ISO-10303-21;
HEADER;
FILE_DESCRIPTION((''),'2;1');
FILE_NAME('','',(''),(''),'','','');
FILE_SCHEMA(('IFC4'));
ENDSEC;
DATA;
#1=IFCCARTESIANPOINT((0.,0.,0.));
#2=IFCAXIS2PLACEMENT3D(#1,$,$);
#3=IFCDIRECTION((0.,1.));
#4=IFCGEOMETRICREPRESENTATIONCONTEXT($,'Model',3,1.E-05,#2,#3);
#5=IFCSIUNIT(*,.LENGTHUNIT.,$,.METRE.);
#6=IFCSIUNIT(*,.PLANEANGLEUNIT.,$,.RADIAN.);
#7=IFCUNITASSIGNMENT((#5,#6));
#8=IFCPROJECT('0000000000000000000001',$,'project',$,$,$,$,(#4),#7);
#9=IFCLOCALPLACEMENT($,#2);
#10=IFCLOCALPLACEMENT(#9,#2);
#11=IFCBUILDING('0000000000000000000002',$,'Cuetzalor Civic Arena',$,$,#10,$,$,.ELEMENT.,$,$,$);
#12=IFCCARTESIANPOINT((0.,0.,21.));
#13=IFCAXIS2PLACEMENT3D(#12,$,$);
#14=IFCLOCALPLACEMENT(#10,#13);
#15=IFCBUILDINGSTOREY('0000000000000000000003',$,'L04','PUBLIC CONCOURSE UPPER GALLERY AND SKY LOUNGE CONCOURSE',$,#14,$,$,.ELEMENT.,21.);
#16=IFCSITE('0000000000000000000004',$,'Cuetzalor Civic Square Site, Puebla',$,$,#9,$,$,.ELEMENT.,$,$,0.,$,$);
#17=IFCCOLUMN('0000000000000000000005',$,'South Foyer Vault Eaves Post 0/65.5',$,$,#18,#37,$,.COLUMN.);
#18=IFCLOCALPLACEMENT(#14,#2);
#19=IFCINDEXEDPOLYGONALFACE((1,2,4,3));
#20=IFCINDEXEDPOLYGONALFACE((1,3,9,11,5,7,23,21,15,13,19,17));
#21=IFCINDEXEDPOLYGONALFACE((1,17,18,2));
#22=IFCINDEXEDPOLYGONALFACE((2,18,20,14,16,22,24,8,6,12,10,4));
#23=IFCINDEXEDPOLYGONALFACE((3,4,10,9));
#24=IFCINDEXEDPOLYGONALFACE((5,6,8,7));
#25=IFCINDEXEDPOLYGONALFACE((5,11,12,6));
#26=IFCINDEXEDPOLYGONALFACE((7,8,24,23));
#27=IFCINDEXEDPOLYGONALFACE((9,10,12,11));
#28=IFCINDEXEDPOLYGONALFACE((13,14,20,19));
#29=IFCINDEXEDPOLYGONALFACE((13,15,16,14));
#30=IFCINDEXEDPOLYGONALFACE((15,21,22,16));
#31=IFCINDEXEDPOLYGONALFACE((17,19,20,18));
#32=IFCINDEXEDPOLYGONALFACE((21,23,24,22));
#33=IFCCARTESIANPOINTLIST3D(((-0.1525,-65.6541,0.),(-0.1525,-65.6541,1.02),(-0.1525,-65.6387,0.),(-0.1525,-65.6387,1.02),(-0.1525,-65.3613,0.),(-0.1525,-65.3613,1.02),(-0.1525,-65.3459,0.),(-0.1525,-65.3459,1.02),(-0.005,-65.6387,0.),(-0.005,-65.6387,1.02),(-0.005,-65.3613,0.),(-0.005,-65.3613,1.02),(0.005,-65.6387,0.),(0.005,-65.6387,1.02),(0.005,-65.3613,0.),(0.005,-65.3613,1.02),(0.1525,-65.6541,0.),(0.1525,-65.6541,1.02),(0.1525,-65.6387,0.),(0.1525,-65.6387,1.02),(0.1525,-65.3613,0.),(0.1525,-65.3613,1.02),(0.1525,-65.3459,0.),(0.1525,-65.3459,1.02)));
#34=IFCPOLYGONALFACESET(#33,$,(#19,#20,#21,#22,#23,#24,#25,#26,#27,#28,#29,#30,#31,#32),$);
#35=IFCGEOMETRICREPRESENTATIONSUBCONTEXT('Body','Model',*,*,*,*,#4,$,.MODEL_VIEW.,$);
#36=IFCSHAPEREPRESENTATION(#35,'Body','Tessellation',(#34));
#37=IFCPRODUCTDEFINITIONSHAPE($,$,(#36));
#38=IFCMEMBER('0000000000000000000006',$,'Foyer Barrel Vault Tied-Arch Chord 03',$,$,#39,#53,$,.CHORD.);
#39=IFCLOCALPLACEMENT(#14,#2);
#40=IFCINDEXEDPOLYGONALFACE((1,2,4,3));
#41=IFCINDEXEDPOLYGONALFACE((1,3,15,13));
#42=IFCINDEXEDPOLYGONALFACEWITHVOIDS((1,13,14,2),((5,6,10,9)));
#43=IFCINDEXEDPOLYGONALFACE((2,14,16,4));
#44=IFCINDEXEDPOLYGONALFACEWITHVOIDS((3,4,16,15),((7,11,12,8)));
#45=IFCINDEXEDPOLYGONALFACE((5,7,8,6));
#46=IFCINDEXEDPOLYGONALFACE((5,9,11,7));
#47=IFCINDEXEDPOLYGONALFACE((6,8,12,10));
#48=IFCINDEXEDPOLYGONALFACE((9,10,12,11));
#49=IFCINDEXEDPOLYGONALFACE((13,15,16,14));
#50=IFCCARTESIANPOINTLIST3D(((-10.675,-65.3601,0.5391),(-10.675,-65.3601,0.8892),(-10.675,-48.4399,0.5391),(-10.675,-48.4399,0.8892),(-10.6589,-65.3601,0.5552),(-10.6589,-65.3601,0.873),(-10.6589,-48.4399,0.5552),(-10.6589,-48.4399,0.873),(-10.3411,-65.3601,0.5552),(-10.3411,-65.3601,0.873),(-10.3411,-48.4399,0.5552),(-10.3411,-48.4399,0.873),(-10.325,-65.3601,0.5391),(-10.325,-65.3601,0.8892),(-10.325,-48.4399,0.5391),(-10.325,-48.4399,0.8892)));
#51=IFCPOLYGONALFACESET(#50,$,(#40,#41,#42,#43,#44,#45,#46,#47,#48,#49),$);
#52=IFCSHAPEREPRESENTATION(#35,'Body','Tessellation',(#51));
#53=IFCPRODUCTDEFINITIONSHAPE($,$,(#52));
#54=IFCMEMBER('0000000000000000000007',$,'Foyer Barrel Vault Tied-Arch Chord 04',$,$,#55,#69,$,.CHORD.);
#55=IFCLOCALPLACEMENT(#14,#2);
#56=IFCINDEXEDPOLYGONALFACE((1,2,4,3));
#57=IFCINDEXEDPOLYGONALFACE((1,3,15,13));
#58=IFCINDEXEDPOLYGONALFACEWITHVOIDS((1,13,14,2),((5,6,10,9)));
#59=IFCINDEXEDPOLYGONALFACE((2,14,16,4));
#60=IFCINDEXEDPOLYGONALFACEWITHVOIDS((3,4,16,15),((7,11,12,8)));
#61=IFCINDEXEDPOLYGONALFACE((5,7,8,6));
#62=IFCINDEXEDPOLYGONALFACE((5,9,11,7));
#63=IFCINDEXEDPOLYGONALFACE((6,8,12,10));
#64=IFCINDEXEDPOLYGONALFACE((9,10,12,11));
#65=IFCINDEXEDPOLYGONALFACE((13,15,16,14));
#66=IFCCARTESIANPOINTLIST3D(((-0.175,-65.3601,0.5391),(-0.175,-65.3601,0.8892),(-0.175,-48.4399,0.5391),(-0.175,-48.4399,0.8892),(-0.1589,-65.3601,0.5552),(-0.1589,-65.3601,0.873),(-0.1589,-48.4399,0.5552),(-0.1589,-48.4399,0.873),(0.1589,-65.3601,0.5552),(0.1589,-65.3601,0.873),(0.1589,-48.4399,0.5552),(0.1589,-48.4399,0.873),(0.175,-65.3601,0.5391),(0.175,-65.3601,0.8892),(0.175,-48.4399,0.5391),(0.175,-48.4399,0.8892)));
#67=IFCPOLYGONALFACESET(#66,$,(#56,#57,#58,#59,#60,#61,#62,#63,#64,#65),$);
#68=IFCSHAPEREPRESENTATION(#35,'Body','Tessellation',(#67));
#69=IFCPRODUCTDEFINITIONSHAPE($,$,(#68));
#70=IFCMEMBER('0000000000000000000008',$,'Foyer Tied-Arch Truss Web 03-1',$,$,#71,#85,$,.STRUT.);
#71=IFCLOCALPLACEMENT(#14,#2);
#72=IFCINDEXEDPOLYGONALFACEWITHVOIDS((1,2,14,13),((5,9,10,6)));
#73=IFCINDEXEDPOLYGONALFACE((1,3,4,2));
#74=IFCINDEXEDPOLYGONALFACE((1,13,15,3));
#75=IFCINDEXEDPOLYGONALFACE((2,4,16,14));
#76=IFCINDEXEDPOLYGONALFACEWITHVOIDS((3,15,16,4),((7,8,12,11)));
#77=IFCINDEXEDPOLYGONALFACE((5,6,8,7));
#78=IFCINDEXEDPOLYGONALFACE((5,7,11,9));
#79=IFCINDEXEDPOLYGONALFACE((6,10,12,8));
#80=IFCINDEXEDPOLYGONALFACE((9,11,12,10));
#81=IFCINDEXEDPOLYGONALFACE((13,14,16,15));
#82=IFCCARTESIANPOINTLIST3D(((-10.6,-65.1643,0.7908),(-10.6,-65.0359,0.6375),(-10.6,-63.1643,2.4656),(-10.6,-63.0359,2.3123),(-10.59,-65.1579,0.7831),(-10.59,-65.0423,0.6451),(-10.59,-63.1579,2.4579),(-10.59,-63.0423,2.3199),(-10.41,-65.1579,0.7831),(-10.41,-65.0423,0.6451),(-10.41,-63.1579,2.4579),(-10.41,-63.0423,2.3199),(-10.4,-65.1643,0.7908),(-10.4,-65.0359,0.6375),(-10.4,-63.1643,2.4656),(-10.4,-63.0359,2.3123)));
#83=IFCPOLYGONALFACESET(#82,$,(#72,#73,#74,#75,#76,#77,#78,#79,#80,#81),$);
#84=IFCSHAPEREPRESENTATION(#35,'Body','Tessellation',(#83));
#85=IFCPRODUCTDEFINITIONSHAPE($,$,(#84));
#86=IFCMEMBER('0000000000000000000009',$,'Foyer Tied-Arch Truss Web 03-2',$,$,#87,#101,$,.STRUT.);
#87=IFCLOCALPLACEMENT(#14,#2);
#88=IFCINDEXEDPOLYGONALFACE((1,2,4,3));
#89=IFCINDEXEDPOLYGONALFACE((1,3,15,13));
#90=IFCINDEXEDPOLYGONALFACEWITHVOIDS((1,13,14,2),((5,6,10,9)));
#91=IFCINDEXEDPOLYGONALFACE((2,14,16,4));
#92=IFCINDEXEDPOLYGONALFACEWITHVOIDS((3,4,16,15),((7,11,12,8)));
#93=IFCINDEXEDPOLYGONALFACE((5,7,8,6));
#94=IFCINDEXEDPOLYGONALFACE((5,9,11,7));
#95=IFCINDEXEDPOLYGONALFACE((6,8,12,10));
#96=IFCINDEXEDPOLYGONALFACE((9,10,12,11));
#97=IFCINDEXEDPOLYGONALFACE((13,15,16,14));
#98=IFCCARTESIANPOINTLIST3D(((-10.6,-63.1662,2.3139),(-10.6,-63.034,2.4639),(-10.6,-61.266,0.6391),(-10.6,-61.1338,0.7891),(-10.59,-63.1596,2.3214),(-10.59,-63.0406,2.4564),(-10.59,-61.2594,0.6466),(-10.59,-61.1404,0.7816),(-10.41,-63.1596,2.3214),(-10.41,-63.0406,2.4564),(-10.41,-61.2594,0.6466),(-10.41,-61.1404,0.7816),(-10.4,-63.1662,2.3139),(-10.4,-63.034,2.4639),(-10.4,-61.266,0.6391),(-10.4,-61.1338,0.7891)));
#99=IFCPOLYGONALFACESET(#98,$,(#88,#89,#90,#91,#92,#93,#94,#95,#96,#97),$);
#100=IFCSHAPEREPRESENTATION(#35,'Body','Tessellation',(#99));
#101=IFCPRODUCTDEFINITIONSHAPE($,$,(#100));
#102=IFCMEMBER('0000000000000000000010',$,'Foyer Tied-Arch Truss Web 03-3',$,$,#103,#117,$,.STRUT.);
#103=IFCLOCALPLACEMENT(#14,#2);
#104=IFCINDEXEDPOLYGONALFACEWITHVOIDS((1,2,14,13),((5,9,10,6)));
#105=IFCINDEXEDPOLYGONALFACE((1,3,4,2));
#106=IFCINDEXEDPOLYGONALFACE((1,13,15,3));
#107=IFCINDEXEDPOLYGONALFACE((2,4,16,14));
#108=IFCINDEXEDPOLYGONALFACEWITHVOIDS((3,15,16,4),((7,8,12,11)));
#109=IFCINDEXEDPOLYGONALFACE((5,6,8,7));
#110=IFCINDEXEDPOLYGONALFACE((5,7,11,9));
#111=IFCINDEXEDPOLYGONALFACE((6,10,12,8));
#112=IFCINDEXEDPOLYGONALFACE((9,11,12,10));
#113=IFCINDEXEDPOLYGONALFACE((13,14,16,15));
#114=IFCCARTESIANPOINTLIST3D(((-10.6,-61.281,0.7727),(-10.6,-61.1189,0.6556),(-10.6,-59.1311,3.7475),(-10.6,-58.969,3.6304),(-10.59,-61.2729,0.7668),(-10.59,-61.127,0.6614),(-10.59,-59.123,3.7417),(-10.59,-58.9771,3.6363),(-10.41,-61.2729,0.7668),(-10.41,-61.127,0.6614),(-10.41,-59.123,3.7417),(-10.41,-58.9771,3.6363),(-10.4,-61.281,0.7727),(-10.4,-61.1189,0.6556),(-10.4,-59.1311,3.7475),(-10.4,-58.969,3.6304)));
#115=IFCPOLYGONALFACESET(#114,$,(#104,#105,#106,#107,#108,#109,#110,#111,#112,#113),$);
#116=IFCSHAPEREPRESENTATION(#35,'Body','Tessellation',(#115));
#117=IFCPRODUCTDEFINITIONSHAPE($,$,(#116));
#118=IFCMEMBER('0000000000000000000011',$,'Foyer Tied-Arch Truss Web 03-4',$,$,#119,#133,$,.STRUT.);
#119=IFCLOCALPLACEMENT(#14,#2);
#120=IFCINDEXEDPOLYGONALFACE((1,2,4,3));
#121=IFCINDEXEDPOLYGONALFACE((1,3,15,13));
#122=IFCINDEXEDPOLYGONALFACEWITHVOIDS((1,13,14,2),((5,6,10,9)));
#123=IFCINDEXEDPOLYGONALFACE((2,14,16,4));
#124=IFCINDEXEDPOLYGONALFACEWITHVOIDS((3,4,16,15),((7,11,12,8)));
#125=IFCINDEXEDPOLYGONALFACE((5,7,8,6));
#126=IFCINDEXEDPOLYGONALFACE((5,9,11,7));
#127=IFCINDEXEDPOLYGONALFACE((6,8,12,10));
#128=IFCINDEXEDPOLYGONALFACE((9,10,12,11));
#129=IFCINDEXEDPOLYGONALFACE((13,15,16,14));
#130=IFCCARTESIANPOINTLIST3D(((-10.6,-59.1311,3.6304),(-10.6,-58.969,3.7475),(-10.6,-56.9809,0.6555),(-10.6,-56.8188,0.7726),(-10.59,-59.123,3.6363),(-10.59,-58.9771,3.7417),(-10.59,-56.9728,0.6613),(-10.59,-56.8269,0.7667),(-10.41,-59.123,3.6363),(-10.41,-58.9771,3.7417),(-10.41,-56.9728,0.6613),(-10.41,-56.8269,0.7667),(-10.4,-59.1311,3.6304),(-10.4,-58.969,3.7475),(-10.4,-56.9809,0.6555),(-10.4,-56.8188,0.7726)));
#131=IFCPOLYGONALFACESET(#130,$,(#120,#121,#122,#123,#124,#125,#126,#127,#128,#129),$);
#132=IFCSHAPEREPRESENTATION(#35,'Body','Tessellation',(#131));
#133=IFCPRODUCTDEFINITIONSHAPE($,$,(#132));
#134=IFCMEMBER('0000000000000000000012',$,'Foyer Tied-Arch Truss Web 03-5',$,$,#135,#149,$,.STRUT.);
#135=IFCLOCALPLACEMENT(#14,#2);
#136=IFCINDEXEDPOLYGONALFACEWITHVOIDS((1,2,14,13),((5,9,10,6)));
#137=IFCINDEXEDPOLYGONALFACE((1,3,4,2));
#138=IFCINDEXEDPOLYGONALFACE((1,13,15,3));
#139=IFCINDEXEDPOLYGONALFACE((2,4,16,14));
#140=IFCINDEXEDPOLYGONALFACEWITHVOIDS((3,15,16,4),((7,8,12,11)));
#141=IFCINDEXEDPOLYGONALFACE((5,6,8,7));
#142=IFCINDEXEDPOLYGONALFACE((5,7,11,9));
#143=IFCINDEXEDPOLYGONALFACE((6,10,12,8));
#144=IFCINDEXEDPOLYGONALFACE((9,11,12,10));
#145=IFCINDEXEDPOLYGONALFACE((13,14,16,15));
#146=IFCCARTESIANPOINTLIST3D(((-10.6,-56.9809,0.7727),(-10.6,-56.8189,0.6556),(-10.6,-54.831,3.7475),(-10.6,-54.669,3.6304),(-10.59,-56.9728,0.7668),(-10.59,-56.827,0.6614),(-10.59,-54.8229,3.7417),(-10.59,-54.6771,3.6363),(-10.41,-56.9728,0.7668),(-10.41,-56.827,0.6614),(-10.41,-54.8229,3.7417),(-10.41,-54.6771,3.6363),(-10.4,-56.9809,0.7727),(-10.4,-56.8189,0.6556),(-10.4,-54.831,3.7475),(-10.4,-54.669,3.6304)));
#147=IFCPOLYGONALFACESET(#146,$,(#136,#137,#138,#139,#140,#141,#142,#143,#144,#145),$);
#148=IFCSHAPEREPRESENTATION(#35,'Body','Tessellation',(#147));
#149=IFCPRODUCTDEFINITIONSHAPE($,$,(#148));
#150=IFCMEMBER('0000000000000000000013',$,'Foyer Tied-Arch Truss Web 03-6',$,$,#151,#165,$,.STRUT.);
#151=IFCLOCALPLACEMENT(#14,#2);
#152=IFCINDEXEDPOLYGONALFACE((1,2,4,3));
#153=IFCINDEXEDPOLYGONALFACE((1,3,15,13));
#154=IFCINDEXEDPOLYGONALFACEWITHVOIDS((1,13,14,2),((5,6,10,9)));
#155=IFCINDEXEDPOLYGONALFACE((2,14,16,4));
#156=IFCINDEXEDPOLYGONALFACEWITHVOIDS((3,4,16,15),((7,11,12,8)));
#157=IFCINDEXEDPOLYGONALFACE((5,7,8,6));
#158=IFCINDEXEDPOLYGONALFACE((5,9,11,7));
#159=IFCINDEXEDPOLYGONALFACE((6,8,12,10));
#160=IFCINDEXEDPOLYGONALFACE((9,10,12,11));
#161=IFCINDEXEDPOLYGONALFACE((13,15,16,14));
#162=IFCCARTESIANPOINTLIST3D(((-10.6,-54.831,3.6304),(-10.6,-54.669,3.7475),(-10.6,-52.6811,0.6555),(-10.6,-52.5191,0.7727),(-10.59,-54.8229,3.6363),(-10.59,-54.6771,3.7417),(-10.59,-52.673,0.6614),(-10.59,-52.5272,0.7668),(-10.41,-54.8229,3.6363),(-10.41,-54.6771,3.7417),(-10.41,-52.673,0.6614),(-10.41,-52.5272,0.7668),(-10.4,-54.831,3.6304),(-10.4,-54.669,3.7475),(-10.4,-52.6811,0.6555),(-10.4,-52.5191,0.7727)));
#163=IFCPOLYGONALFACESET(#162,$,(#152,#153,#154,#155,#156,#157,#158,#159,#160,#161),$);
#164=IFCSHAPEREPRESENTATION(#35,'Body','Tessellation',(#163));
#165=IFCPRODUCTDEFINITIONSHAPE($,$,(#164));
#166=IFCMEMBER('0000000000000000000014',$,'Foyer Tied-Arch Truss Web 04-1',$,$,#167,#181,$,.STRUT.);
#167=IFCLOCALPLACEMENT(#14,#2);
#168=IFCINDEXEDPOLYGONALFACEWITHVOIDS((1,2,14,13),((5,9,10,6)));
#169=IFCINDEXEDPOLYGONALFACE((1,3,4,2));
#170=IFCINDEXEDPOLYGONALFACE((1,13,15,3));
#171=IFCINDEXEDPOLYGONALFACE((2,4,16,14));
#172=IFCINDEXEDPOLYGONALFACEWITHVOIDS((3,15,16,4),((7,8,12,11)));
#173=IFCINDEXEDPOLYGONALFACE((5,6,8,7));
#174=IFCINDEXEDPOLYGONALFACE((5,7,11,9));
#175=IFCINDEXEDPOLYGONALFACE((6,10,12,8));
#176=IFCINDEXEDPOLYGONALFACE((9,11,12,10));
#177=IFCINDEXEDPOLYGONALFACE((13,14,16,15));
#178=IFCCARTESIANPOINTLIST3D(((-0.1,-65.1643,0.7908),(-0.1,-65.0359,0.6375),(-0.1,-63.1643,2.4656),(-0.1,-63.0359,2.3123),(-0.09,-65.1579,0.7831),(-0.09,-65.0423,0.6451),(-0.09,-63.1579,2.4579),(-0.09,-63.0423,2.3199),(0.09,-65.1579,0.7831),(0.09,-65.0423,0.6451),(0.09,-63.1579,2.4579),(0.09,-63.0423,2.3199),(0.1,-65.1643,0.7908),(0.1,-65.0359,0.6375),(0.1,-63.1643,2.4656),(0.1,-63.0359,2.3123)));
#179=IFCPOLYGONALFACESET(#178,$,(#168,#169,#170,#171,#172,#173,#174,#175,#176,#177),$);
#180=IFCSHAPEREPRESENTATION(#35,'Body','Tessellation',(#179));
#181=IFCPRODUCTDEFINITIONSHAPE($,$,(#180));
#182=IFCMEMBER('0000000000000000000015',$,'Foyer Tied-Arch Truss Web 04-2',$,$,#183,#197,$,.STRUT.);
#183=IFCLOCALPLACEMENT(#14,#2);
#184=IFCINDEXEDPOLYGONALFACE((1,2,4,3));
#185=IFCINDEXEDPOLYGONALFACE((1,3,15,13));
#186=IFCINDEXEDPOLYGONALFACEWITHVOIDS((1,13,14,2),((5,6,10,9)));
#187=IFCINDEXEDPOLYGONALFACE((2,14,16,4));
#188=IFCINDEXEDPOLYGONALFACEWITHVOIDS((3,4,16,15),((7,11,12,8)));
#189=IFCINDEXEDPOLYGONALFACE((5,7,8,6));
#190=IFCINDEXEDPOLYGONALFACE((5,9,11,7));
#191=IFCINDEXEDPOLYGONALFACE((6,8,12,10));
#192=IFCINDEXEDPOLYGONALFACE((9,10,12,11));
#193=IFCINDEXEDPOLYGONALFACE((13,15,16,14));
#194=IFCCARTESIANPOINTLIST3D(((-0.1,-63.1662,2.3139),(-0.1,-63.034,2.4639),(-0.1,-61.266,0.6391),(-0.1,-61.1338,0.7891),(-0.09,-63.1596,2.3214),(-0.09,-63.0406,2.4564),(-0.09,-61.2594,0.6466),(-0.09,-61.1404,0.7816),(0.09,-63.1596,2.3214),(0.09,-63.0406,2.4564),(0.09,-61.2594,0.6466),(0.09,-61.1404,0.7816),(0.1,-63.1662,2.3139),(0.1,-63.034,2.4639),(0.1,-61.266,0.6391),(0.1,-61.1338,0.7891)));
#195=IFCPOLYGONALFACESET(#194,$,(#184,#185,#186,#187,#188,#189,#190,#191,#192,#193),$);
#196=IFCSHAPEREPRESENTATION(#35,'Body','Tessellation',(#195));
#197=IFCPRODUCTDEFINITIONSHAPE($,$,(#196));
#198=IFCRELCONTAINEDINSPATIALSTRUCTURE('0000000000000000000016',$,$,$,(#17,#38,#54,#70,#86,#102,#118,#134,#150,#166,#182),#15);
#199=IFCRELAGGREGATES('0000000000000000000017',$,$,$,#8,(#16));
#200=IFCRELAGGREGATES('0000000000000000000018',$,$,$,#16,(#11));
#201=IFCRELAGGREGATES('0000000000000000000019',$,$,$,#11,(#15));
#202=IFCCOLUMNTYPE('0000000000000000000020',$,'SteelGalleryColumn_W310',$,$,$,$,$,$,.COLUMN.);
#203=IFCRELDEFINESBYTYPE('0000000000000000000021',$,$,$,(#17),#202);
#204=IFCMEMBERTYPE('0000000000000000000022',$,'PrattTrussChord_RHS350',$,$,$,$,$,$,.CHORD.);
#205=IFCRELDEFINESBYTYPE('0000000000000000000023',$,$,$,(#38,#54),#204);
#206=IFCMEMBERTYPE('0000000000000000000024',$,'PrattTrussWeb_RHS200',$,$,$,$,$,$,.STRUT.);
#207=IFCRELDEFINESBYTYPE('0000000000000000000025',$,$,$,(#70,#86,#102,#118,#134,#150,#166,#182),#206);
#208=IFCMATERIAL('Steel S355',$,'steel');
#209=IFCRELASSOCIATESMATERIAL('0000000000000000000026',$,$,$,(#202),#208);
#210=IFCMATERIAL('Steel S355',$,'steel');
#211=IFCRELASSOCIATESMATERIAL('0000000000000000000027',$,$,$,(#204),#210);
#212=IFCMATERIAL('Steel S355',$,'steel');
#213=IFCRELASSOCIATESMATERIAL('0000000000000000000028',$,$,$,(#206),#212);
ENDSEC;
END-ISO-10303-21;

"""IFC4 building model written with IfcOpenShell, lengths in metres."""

from ifc_helpers import new_model, si_unit, direction, frame, origin, origin_2d, place, context, subcontext, project, spatial, hollow_rectangle, i_section, extrude, material, material_profile, profile_set, type_object, element, save


model = new_model("IFC4")

# Units and contexts
model_context = context("Model", 3, precision=1e-05, world=origin(), true_north=direction((0.0, 1.0)))
body_context = subcontext(model_context, "Body", "Model", "MODEL_VIEW")
ifc_project = project(units=[si_unit("LENGTHUNIT", "METRE"), si_unit("PLANEANGLEUNIT", "RADIAN")], contexts=[model_context])

# Site, building, storey
site_placement = place(None, origin())
site = spatial("IfcSite", under=ifc_project, at=site_placement, Name="Cuetzalor Civic Square Site, Puebla", CompositionType="ELEMENT", RefElevation=0.0)
building_placement = place(site_placement, origin())
building = spatial("IfcBuilding", under=site, at=building_placement, Name="Cuetzalor Civic Arena", CompositionType="ELEMENT")
storey_placement = place(building_placement, frame((0.0, 0.0, 21.0)))
storey = spatial("IfcBuildingStorey", under=building, at=storey_placement, Name="L04", Description="PUBLIC CONCOURSE UPPER GALLERY AND SKY LOUNGE CONCOURSE", CompositionType="ELEMENT", Elevation=21.0)

# Column
ifc_material_1 = material(Name="Steel S355", Category="steel")
ifc_material_profile_1 = material_profile(ifc_material_1, i_section(OverallWidth=0.3049, OverallDepth=0.3081, WebThickness=0.01, FlangeThickness=0.0154, at=origin_2d()), Name="W310x97")
ifc_profile_set_1 = profile_set([ifc_material_profile_1], Name="Steel S355")
column_type = type_object("IfcColumnType", Name="SteelGalleryColumn_W310", PredefinedType="COLUMN", material=ifc_profile_set_1)
column_placement = place(storey_placement, frame((0.0, -65.5, 0.0), z_axis=(0.0, 0.0, 1.0), x_axis=(1.0, 0.0, 0.0)))
element("IfcColumn", 1, at=column_placement, inside=storey, type_object=column_type, Name="South Foyer Vault Eaves Post 0/65.5", PredefinedType="COLUMN", context=body_context, shape_type="SweptSolid", body=[
    extrude(i_section(OverallWidth=0.3049, OverallDepth=0.3081, WebThickness=0.01, FlangeThickness=0.0154, at=origin_2d()), origin(), (0.0, 0.0, 1.0), 1.02),
])

# Members
ifc_material_2 = material(Name="Steel S355", Category="steel")
ifc_material_profile_2 = material_profile(ifc_material_2, hollow_rectangle(XDim=0.3501, YDim=0.3501, WallThickness=0.0161, at=origin_2d()), Name="RHS 350x350x16")
ifc_profile_set_2 = profile_set([ifc_material_profile_2], Name="Steel S355")
member_type_1 = type_object("IfcMemberType", Name="PrattTrussChord_RHS350", PredefinedType="CHORD", material=ifc_profile_set_2)
for number, where, z_axis, x_axis, name in (
    (2, (-10.5, -65.3601, 0.7141), (0.0, 1.0, 0.0), (-1.0, 0.0, 0.0), "Foyer Barrel Vault Tied-Arch Chord 03"),
    (3, (0.0, -65.3601, 0.7141), (0.0, 1.0, 0.0), (-1.0, 0.0, 0.0), "Foyer Barrel Vault Tied-Arch Chord 04"),
):
    element("IfcMember", number, at=place(storey_placement, frame(where, z_axis=z_axis, x_axis=x_axis)), inside=storey, type_object=member_type_1, Name=name, PredefinedType="CHORD", context=body_context, shape_type="SweptSolid", body=[
        extrude(hollow_rectangle(XDim=0.3501, YDim=0.3501, WallThickness=0.0161, at=origin_2d()), origin(), (0.0, 0.0, 1.0), 16.9202),
    ])
ifc_material_3 = material(Name="Steel S355", Category="steel")
ifc_material_profile_3 = material_profile(ifc_material_3, hollow_rectangle(XDim=0.2, YDim=0.2, WallThickness=0.01, at=origin_2d()), Name="RHS 200x200x10")
ifc_profile_set_3 = profile_set([ifc_material_profile_3], Name="Steel S355")
member_type_2 = type_object("IfcMemberType", Name="PrattTrussWeb_RHS200", PredefinedType="STRUT", material=ifc_profile_set_3)
member_1_placement = place(storey_placement, frame((-10.5, -65.1001, 0.7141), z_axis=(0.0, 0.766685, 0.642024), x_axis=(-1.0, 0.0, 0.0)))
element("IfcMember", 4, at=member_1_placement, inside=storey, type_object=member_type_2, Name="Foyer Tied-Arch Truss Web 03-1", PredefinedType="STRUT", context=body_context, shape_type="SweptSolid", body=[
    extrude(hollow_rectangle(XDim=0.2, YDim=0.2, WallThickness=0.01, at=origin_2d()), origin(), (0.0, 0.0, 1.0), 2.6086),
])
member_2_placement = place(storey_placement, frame((-10.5, -63.1001, 2.3889), z_axis=(0.0, 0.750189, -0.661223), x_axis=(-1.0, 0.0, 0.0)))
element("IfcMember", 5, at=member_2_placement, inside=storey, type_object=member_type_2, Name="Foyer Tied-Arch Truss Web 03-2", PredefinedType="STRUT", context=body_context, shape_type="SweptSolid", body=[
    extrude(hollow_rectangle(XDim=0.2, YDim=0.2, WallThickness=0.01, at=origin_2d()), origin(), (0.0, 0.0, 1.0), 2.533),
])
member_3_placement = place(storey_placement, frame((-10.5, -61.2, 0.7141), z_axis=(0.0, 0.585741, 0.810499), x_axis=(-1.0, 0.0, 0.0)))
element("IfcMember", 6, at=member_3_placement, inside=storey, type_object=member_type_2, Name="Foyer Tied-Arch Truss Web 03-3", PredefinedType="STRUT", context=body_context, shape_type="SweptSolid", body=[
    extrude(hollow_rectangle(XDim=0.2, YDim=0.2, WallThickness=0.01, at=origin_2d()), origin(), (0.0, 0.0, 1.0), 3.6704),
])
member_4_placement = place(storey_placement, frame((-10.5, -59.05, 3.689), z_axis=(0.0, 0.585784, -0.810467), x_axis=(-1.0, 0.0, 0.0)))
element("IfcMember", 7, at=member_4_placement, inside=storey, type_object=member_type_2, Name="Foyer Tied-Arch Truss Web 03-4", PredefinedType="STRUT", context=body_context, shape_type="SweptSolid", body=[
    extrude(hollow_rectangle(XDim=0.2, YDim=0.2, WallThickness=0.01, at=origin_2d()), origin(), (0.0, 0.0, 1.0), 3.6707),
])
for number, where, z_axis, x_axis, name in (
    (8, (-10.5, -56.8999, 0.7141), (0.0, 0.585741, 0.810499), (-1.0, 0.0, 0.0), "Foyer Tied-Arch Truss Web 03-5"),
    (9, (-10.5, -54.75, 3.689), (0.0, 0.585741, -0.810499), (-1.0, 0.0, 0.0), "Foyer Tied-Arch Truss Web 03-6"),
):
    element("IfcMember", number, at=place(storey_placement, frame(where, z_axis=z_axis, x_axis=x_axis)), inside=storey, type_object=member_type_2, Name=name, PredefinedType="STRUT", context=body_context, shape_type="SweptSolid", body=[
        extrude(hollow_rectangle(XDim=0.2, YDim=0.2, WallThickness=0.01, at=origin_2d()), origin(), (0.0, 0.0, 1.0), 3.6704),
    ])
member_5_placement = place(storey_placement, frame((0.0, -65.1001, 0.7141), z_axis=(0.0, 0.766685, 0.642024), x_axis=(-1.0, 0.0, 0.0)))
element("IfcMember", 10, at=member_5_placement, inside=storey, type_object=member_type_2, Name="Foyer Tied-Arch Truss Web 04-1", PredefinedType="STRUT", context=body_context, shape_type="SweptSolid", body=[
    extrude(hollow_rectangle(XDim=0.2, YDim=0.2, WallThickness=0.01, at=origin_2d()), origin(), (0.0, 0.0, 1.0), 2.6086),
])
member_6_placement = place(storey_placement, frame((0.0, -63.1001, 2.3889), z_axis=(0.0, 0.750189, -0.661223), x_axis=(-1.0, 0.0, 0.0)))
element("IfcMember", 11, at=member_6_placement, inside=storey, type_object=member_type_2, Name="Foyer Tied-Arch Truss Web 04-2", PredefinedType="STRUT", context=body_context, shape_type="SweptSolid", body=[
    extrude(hollow_rectangle(XDim=0.2, YDim=0.2, WallThickness=0.01, at=origin_2d()), origin(), (0.0, 0.0, 1.0), 2.533),
])

save(model, "model.ifc")
